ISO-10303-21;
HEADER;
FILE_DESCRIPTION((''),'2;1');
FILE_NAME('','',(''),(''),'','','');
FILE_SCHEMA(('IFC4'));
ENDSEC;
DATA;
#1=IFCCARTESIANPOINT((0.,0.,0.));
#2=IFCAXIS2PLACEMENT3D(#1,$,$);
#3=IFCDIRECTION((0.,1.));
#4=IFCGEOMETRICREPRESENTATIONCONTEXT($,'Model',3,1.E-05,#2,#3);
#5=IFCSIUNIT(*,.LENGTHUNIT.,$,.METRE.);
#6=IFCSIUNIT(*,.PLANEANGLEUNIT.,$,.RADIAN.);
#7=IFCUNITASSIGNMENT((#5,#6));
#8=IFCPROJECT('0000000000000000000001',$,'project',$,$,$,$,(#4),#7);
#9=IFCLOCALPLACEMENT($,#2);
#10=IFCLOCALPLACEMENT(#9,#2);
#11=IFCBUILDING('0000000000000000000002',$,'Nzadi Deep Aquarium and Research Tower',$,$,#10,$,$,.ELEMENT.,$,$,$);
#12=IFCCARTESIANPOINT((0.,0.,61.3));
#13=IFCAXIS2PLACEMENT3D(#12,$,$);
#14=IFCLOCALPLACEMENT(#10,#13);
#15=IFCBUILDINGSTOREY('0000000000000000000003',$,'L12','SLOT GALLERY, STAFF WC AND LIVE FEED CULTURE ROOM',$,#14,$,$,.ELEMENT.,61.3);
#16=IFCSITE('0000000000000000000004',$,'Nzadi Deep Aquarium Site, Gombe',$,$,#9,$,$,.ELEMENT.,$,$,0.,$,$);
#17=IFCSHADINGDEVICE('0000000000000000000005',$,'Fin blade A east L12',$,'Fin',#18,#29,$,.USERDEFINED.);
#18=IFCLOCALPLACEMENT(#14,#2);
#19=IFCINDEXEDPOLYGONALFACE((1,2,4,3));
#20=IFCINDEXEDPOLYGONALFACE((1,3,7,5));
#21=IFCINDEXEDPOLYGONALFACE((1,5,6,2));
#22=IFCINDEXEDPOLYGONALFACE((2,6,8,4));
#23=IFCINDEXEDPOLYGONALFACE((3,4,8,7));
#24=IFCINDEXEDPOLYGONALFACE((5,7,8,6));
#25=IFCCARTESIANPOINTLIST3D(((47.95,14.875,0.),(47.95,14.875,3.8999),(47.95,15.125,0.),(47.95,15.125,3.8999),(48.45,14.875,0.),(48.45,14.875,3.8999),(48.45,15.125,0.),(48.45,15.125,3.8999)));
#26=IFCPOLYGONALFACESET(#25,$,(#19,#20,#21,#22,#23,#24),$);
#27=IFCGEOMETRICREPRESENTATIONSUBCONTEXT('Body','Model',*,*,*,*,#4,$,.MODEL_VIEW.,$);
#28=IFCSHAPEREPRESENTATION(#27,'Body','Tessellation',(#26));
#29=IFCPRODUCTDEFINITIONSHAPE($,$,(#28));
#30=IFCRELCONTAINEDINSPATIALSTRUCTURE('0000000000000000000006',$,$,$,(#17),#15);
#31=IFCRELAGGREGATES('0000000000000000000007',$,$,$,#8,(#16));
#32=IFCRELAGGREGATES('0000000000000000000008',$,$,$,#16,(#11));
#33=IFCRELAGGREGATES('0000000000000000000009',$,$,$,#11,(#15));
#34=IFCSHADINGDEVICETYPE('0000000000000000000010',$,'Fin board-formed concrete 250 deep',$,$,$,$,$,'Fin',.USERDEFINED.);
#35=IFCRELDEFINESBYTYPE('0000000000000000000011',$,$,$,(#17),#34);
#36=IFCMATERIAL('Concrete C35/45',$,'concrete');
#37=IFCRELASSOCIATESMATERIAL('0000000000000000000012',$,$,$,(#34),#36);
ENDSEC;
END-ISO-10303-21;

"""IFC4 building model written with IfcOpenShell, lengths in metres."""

from ifc_helpers import new_model, si_unit, direction, frame, origin, origin_2d, place, context, subcontext, project, spatial, rectangle, extrude, material, type_object, element, save


model = new_model("IFC4")

# Units and contexts
model_context = context("Model", 3, precision=1e-05, world=origin(), true_north=direction((0.0, 1.0)))
body_context = subcontext(model_context, "Body", "Model", "MODEL_VIEW")
ifc_project = project(units=[si_unit("LENGTHUNIT", "METRE"), si_unit("PLANEANGLEUNIT", "RADIAN")], contexts=[model_context])

# Site, building, storey
site_placement = place(None, origin())
site = spatial("IfcSite", under=ifc_project, at=site_placement, Name="Nzadi Deep Aquarium Site, Gombe", CompositionType="ELEMENT", RefElevation=0.0)
building_placement = place(site_placement, origin())
building = spatial("IfcBuilding", under=site, at=building_placement, Name="Nzadi Deep Aquarium and Research Tower", CompositionType="ELEMENT")
storey_placement = place(building_placement, frame((0.0, 0.0, 61.3)))
storey = spatial("IfcBuildingStorey", under=building, at=storey_placement, Name="L12", Description="SLOT GALLERY, STAFF WC AND LIVE FEED CULTURE ROOM", CompositionType="ELEMENT", Elevation=61.3)

# Shading device
ifc_material_1 = material(Name="Concrete C35/45", Category="concrete")
shading_device_type = type_object("IfcShadingDeviceType", Name="Fin board-formed concrete 250 deep", ElementType="Fin", PredefinedType="USERDEFINED", material=ifc_material_1)
for number, where, z_axis, x_axis, name in (
    (1, (48.2, 15.0, 0.0), (0.0, 0.0, 1.0), (1.0, 0.0, 0.0), "Fin blade A east L12"),
):
    element("IfcShadingDevice", number, at=place(storey_placement, frame(where, z_axis=z_axis, x_axis=x_axis)), inside=storey, type_object=shading_device_type, Name=name, ObjectType="Fin", PredefinedType="USERDEFINED", context=body_context, shape_type="SweptSolid", body=[
        extrude(rectangle(XDim=0.5, YDim=0.25, at=origin_2d()), origin(), (0.0, 0.0, 1.0), 3.8999),
    ])

save(model, "model.ifc")
